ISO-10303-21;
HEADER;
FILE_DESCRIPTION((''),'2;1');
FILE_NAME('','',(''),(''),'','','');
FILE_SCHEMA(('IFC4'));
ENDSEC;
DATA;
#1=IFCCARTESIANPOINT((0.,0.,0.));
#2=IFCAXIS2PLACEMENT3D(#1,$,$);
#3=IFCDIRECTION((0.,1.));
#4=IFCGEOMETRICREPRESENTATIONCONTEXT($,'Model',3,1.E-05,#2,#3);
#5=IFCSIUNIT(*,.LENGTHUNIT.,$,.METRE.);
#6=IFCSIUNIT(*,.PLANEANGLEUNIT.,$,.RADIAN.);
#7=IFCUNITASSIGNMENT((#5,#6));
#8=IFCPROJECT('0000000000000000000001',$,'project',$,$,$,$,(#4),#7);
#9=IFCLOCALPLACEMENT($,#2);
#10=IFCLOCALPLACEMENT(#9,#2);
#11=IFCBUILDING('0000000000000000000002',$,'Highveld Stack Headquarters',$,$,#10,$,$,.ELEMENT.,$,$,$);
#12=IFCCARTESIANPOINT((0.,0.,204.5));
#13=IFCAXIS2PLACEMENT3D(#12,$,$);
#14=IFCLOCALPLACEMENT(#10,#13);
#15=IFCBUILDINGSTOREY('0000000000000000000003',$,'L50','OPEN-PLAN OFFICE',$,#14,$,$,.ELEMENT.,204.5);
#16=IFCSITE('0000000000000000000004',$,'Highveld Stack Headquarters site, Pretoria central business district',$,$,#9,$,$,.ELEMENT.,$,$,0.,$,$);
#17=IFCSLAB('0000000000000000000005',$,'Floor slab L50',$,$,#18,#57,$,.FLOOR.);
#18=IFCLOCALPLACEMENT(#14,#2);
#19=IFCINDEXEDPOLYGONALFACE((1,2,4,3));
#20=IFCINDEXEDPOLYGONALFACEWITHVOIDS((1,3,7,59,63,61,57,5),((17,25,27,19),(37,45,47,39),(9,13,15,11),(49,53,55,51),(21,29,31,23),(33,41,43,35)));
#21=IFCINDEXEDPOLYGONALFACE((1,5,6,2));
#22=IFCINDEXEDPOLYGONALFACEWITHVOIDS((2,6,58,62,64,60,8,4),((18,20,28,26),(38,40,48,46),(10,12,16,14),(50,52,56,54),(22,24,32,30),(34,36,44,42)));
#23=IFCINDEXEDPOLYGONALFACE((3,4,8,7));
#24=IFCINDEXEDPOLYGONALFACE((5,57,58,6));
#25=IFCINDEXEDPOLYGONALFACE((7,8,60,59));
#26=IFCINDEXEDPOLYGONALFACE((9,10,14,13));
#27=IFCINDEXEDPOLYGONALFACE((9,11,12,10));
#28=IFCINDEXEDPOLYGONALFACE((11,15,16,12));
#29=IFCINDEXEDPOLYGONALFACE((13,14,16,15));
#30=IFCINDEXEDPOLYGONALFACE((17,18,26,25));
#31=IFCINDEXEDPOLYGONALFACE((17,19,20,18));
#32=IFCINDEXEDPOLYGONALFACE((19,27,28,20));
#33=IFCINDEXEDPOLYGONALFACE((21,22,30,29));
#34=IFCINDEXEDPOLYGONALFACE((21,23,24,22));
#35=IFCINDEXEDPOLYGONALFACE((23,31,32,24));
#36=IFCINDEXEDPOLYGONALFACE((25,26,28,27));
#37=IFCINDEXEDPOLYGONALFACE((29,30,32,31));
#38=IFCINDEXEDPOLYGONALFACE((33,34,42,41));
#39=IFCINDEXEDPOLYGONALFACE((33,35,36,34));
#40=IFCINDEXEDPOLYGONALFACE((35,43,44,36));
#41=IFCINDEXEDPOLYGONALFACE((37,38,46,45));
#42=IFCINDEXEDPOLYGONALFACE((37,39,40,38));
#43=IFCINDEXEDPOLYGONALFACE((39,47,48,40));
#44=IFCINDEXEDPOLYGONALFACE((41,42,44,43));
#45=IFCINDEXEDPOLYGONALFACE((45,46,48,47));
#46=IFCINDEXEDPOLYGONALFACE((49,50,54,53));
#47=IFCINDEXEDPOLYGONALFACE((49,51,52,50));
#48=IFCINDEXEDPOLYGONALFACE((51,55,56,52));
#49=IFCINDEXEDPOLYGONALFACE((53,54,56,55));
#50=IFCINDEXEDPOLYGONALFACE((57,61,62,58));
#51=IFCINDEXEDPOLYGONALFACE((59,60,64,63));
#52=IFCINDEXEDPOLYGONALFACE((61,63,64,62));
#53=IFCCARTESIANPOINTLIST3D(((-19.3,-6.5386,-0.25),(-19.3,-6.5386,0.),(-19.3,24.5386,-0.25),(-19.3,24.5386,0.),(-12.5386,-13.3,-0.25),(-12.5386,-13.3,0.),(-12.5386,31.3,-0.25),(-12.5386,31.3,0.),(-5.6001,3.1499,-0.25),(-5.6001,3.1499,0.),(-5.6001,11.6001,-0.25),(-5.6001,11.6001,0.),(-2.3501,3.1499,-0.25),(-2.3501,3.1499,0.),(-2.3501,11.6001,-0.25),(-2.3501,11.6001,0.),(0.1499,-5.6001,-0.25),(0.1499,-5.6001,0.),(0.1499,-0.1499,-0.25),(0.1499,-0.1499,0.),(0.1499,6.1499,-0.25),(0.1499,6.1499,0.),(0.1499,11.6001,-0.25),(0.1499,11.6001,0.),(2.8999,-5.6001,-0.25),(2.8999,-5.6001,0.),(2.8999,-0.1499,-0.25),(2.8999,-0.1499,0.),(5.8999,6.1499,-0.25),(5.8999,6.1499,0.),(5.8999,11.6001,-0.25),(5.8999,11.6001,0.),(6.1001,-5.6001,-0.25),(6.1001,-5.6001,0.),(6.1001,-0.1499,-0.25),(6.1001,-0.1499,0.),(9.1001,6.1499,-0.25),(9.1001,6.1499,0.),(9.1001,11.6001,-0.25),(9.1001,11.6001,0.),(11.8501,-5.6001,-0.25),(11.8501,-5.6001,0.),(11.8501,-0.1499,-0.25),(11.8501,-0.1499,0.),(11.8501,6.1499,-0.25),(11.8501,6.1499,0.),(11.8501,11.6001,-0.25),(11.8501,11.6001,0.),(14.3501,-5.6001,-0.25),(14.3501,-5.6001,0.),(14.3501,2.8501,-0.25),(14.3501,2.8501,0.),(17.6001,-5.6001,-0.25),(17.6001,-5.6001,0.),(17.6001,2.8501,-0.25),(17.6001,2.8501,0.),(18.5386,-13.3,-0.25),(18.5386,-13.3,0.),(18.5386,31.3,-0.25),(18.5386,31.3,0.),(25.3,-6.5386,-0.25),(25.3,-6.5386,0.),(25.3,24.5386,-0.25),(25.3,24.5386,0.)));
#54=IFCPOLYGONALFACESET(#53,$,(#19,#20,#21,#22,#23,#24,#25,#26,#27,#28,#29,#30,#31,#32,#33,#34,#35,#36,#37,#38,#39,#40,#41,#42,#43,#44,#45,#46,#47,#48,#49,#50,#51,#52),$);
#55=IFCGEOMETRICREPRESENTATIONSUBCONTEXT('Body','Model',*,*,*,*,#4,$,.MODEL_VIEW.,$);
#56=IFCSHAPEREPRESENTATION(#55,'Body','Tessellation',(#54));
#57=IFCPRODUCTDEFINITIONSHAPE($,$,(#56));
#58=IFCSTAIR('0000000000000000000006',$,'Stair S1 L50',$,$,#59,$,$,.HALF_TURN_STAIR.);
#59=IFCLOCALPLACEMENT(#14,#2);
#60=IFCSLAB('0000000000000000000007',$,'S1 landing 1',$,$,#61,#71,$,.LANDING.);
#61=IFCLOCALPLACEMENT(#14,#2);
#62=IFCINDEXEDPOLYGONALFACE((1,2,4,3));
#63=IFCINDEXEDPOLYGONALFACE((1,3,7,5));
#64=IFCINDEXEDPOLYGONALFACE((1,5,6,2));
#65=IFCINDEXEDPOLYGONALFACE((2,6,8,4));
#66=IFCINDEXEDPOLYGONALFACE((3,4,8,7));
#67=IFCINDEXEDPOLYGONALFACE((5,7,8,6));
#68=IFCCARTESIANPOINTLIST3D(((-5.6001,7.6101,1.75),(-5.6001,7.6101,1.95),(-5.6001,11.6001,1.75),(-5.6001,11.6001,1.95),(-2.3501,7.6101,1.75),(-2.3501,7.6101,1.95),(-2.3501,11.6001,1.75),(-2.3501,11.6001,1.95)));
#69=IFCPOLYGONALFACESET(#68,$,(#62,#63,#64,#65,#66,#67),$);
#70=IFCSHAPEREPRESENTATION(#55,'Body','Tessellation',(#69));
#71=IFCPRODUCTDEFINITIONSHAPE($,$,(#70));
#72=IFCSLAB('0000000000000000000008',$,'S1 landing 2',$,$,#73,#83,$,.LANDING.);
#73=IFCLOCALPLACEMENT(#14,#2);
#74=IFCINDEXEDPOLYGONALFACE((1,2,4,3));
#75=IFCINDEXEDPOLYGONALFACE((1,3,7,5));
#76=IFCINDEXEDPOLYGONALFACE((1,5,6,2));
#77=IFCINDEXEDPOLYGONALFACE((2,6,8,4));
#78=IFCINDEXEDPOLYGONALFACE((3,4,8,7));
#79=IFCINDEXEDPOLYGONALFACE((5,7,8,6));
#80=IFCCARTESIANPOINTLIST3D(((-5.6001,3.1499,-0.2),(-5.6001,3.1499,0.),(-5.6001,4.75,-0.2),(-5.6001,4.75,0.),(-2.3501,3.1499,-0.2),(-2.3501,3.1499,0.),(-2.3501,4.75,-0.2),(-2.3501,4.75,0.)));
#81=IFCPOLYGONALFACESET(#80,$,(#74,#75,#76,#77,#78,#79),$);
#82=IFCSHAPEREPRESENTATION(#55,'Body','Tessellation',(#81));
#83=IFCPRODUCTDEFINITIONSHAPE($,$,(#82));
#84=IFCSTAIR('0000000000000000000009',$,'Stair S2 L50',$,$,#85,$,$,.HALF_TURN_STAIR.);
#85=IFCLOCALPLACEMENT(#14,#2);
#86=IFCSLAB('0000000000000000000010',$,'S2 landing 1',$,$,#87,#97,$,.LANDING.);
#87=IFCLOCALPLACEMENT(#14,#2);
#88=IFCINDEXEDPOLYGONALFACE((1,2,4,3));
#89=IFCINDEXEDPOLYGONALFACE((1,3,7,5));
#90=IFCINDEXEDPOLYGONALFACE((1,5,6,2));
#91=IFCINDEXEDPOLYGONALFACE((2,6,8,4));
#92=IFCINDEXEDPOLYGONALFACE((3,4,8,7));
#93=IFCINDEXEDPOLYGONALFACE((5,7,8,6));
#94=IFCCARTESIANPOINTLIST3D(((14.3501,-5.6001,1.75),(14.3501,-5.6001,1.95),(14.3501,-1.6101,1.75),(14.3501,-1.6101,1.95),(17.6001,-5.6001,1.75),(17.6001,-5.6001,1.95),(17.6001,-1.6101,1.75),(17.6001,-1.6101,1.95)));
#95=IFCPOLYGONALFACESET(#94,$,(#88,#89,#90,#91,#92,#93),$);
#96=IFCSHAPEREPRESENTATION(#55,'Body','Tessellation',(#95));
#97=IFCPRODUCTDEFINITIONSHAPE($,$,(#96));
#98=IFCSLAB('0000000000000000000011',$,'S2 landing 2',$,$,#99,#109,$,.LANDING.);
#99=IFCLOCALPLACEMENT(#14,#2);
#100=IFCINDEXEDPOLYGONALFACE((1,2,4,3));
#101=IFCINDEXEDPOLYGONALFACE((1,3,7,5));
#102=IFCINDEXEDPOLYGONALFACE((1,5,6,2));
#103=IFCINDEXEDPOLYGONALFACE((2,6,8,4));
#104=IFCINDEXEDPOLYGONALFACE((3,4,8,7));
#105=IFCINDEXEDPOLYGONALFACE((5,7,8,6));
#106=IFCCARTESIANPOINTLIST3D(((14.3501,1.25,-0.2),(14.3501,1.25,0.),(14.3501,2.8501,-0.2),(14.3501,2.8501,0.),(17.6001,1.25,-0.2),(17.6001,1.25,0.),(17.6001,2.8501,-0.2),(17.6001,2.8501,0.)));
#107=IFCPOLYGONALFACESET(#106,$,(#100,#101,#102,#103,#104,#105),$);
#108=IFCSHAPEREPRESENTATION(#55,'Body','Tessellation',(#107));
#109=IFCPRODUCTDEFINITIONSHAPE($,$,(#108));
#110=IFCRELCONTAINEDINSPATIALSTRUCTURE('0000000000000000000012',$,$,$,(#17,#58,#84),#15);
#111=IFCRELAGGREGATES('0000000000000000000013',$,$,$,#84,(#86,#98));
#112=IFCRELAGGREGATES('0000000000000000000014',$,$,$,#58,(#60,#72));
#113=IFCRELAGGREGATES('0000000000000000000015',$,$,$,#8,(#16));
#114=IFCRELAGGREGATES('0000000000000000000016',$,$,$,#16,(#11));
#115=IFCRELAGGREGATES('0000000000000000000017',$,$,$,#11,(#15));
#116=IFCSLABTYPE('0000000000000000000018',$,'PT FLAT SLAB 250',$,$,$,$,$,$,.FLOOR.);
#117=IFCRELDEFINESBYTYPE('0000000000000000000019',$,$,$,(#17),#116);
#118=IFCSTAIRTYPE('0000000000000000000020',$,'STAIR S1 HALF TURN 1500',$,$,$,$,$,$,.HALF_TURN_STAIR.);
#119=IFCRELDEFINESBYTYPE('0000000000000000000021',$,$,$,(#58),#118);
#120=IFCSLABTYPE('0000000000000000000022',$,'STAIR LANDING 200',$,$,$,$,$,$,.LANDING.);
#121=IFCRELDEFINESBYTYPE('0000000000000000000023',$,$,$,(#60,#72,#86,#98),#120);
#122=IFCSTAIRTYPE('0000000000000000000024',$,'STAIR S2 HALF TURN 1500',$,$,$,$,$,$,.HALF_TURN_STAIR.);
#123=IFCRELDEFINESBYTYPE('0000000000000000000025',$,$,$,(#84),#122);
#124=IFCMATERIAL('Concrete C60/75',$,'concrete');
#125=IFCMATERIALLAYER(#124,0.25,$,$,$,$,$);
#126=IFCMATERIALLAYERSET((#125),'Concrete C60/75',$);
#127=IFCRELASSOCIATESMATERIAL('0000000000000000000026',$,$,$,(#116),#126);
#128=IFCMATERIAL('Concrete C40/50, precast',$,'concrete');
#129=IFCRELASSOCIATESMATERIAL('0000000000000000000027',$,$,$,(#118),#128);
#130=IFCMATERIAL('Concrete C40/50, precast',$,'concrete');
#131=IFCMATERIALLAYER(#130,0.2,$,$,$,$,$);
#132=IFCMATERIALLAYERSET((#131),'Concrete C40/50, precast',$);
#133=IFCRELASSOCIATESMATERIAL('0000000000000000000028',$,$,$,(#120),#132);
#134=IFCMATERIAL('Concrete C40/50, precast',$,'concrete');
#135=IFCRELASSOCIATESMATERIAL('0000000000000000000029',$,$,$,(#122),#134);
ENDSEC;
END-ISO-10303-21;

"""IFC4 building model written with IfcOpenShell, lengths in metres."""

from ifc_helpers import new_model, si_unit, direction, frame, origin, place, context, subcontext, project, spatial, polyline, outline, extrude, material, layer, layer_set, type_object, element, aggregate, save


model = new_model("IFC4")

# Units and contexts
model_context = context("Model", 3, precision=1e-05, world=origin(), true_north=direction((0.0, 1.0)))
body_context = subcontext(model_context, "Body", "Model", "MODEL_VIEW")
ifc_project = project(units=[si_unit("LENGTHUNIT", "METRE"), si_unit("PLANEANGLEUNIT", "RADIAN")], contexts=[model_context])

# Site, building, storey
site_placement = place(None, origin())
site = spatial("IfcSite", under=ifc_project, at=site_placement, Name="Highveld Stack Headquarters site, Pretoria central business district", CompositionType="ELEMENT", RefElevation=0.0)
building_placement = place(site_placement, origin())
building = spatial("IfcBuilding", under=site, at=building_placement, Name="Highveld Stack Headquarters", CompositionType="ELEMENT")
storey_placement = place(building_placement, frame((0.0, 0.0, 204.5)))
storey = spatial("IfcBuildingStorey", under=building, at=storey_placement, Name="L50", Description="OPEN-PLAN OFFICE", CompositionType="ELEMENT", Elevation=204.5)

# Slab
ifc_material_1 = material(Name="Concrete C60/75", Category="concrete")
ifc_layer_1 = layer(ifc_material_1, 0.25)
ifc_layer_set_1 = layer_set([ifc_layer_1], Name="Concrete C60/75")
slab_type_1 = type_object("IfcSlabType", Name="PT FLAT SLAB 250", PredefinedType="FLOOR", material=ifc_layer_set_1)
slab_1_placement = place(storey_placement, frame((0.0, 0.0, -0.25)))
element("IfcSlab", 1, at=slab_1_placement, inside=storey, type_object=slab_type_1, Name="Floor slab L50", PredefinedType="FLOOR", context=body_context, shape_type="SweptSolid", body=[
    extrude(outline(polyline([(-12.5386, -13.3), (18.5386, -13.3), (25.3, -6.5386), (25.3, 24.5386), (18.5386, 31.3), (-12.5386, 31.3), (-19.3, 24.5386), (-19.3, -6.5386), (-12.5386, -13.3)]), holes=[polyline([(0.1499, 6.1499), (5.8999, 6.1499), (5.8999, 11.6001), (0.1499, 11.6001), (0.1499, 6.1499)]), polyline([(9.1001, 6.1499), (11.8501, 6.1499), (11.8501, 11.6001), (9.1001, 11.6001), (9.1001, 6.1499)]), polyline([(6.1001, -5.6001), (11.8501, -5.6001), (11.8501, -0.1499), (6.1001, -0.1499), (6.1001, -5.6001)]), polyline([(0.1499, -5.6001), (2.8999, -5.6001), (2.8999, -0.1499), (0.1499, -0.1499), (0.1499, -5.6001)]), polyline([(-5.6001, 3.1499), (-2.3501, 3.1499), (-2.3501, 11.6001), (-5.6001, 11.6001), (-5.6001, 3.1499)]), polyline([(14.3501, -5.6001), (17.6001, -5.6001), (17.6001, 2.8501), (14.3501, 2.8501), (14.3501, -5.6001)])]), origin(), (0.0, 0.0, 1.0), 0.25),
])

# Stairs, slabs
ifc_material_2 = material(Name="Concrete C40/50, precast", Category="concrete")
stair_type_1 = type_object("IfcStairType", Name="STAIR S1 HALF TURN 1500", PredefinedType="HALF_TURN_STAIR", material=ifc_material_2)
stair_1_placement = place(storey_placement, origin())
stair_1 = element("IfcStair", 2, at=stair_1_placement, inside=storey, type_object=stair_type_1, Name="Stair S1 L50", PredefinedType="HALF_TURN_STAIR")
ifc_material_3 = material(Name="Concrete C40/50, precast", Category="concrete")
ifc_layer_2 = layer(ifc_material_3, 0.2)
ifc_layer_set_2 = layer_set([ifc_layer_2], Name="Concrete C40/50, precast")
slab_type_2 = type_object("IfcSlabType", Name="STAIR LANDING 200", PredefinedType="LANDING", material=ifc_layer_set_2)
slab_2_placement = place(storey_placement, frame((0.0, 0.0, 1.75)))
slab_2 = element("IfcSlab", 3, at=slab_2_placement, type_object=slab_type_2, Name="S1 landing 1", PredefinedType="LANDING", context=body_context, shape_type="SweptSolid", body=[
    extrude(outline(polyline([(-5.6001, 7.6101), (-2.3501, 7.6101), (-2.3501, 11.6001), (-5.6001, 11.6001), (-5.6001, 7.6101)])), origin(), (0.0, 0.0, 1.0), 0.2),
])
slab_3_placement = place(storey_placement, frame((0.0, 0.0, -0.2)))
slab_3 = element("IfcSlab", 4, at=slab_3_placement, type_object=slab_type_2, Name="S1 landing 2", PredefinedType="LANDING", context=body_context, shape_type="SweptSolid", body=[
    extrude(outline(polyline([(-5.6001, 3.1499), (-2.3501, 3.1499), (-2.3501, 4.75), (-5.6001, 4.75), (-5.6001, 3.1499)])), origin(), (0.0, 0.0, 1.0), 0.2),
])
ifc_material_4 = material(Name="Concrete C40/50, precast", Category="concrete")
stair_type_2 = type_object("IfcStairType", Name="STAIR S2 HALF TURN 1500", PredefinedType="HALF_TURN_STAIR", material=ifc_material_4)
stair_2_placement = place(storey_placement, origin())
stair_2 = element("IfcStair", 5, at=stair_2_placement, inside=storey, type_object=stair_type_2, Name="Stair S2 L50", PredefinedType="HALF_TURN_STAIR")
slab_4_placement = place(storey_placement, frame((0.0, 0.0, 1.75)))
slab_4 = element("IfcSlab", 6, at=slab_4_placement, type_object=slab_type_2, Name="S2 landing 1", PredefinedType="LANDING", context=body_context, shape_type="SweptSolid", body=[
    extrude(outline(polyline([(14.3501, -5.6001), (17.6001, -5.6001), (17.6001, -1.6101), (14.3501, -1.6101), (14.3501, -5.6001)])), origin(), (0.0, 0.0, 1.0), 0.2),
])
slab_5_placement = place(storey_placement, frame((0.0, 0.0, -0.2)))
slab_5 = element("IfcSlab", 7, at=slab_5_placement, type_object=slab_type_2, Name="S2 landing 2", PredefinedType="LANDING", context=body_context, shape_type="SweptSolid", body=[
    extrude(outline(polyline([(14.3501, 1.25), (17.6001, 1.25), (17.6001, 2.8501), (14.3501, 2.8501), (14.3501, 1.25)])), origin(), (0.0, 0.0, 1.0), 0.2),
])
aggregate(stair_2, [slab_4, slab_5])

aggregate(stair_1, [slab_2, slab_3])

save(model, "model.ifc")
